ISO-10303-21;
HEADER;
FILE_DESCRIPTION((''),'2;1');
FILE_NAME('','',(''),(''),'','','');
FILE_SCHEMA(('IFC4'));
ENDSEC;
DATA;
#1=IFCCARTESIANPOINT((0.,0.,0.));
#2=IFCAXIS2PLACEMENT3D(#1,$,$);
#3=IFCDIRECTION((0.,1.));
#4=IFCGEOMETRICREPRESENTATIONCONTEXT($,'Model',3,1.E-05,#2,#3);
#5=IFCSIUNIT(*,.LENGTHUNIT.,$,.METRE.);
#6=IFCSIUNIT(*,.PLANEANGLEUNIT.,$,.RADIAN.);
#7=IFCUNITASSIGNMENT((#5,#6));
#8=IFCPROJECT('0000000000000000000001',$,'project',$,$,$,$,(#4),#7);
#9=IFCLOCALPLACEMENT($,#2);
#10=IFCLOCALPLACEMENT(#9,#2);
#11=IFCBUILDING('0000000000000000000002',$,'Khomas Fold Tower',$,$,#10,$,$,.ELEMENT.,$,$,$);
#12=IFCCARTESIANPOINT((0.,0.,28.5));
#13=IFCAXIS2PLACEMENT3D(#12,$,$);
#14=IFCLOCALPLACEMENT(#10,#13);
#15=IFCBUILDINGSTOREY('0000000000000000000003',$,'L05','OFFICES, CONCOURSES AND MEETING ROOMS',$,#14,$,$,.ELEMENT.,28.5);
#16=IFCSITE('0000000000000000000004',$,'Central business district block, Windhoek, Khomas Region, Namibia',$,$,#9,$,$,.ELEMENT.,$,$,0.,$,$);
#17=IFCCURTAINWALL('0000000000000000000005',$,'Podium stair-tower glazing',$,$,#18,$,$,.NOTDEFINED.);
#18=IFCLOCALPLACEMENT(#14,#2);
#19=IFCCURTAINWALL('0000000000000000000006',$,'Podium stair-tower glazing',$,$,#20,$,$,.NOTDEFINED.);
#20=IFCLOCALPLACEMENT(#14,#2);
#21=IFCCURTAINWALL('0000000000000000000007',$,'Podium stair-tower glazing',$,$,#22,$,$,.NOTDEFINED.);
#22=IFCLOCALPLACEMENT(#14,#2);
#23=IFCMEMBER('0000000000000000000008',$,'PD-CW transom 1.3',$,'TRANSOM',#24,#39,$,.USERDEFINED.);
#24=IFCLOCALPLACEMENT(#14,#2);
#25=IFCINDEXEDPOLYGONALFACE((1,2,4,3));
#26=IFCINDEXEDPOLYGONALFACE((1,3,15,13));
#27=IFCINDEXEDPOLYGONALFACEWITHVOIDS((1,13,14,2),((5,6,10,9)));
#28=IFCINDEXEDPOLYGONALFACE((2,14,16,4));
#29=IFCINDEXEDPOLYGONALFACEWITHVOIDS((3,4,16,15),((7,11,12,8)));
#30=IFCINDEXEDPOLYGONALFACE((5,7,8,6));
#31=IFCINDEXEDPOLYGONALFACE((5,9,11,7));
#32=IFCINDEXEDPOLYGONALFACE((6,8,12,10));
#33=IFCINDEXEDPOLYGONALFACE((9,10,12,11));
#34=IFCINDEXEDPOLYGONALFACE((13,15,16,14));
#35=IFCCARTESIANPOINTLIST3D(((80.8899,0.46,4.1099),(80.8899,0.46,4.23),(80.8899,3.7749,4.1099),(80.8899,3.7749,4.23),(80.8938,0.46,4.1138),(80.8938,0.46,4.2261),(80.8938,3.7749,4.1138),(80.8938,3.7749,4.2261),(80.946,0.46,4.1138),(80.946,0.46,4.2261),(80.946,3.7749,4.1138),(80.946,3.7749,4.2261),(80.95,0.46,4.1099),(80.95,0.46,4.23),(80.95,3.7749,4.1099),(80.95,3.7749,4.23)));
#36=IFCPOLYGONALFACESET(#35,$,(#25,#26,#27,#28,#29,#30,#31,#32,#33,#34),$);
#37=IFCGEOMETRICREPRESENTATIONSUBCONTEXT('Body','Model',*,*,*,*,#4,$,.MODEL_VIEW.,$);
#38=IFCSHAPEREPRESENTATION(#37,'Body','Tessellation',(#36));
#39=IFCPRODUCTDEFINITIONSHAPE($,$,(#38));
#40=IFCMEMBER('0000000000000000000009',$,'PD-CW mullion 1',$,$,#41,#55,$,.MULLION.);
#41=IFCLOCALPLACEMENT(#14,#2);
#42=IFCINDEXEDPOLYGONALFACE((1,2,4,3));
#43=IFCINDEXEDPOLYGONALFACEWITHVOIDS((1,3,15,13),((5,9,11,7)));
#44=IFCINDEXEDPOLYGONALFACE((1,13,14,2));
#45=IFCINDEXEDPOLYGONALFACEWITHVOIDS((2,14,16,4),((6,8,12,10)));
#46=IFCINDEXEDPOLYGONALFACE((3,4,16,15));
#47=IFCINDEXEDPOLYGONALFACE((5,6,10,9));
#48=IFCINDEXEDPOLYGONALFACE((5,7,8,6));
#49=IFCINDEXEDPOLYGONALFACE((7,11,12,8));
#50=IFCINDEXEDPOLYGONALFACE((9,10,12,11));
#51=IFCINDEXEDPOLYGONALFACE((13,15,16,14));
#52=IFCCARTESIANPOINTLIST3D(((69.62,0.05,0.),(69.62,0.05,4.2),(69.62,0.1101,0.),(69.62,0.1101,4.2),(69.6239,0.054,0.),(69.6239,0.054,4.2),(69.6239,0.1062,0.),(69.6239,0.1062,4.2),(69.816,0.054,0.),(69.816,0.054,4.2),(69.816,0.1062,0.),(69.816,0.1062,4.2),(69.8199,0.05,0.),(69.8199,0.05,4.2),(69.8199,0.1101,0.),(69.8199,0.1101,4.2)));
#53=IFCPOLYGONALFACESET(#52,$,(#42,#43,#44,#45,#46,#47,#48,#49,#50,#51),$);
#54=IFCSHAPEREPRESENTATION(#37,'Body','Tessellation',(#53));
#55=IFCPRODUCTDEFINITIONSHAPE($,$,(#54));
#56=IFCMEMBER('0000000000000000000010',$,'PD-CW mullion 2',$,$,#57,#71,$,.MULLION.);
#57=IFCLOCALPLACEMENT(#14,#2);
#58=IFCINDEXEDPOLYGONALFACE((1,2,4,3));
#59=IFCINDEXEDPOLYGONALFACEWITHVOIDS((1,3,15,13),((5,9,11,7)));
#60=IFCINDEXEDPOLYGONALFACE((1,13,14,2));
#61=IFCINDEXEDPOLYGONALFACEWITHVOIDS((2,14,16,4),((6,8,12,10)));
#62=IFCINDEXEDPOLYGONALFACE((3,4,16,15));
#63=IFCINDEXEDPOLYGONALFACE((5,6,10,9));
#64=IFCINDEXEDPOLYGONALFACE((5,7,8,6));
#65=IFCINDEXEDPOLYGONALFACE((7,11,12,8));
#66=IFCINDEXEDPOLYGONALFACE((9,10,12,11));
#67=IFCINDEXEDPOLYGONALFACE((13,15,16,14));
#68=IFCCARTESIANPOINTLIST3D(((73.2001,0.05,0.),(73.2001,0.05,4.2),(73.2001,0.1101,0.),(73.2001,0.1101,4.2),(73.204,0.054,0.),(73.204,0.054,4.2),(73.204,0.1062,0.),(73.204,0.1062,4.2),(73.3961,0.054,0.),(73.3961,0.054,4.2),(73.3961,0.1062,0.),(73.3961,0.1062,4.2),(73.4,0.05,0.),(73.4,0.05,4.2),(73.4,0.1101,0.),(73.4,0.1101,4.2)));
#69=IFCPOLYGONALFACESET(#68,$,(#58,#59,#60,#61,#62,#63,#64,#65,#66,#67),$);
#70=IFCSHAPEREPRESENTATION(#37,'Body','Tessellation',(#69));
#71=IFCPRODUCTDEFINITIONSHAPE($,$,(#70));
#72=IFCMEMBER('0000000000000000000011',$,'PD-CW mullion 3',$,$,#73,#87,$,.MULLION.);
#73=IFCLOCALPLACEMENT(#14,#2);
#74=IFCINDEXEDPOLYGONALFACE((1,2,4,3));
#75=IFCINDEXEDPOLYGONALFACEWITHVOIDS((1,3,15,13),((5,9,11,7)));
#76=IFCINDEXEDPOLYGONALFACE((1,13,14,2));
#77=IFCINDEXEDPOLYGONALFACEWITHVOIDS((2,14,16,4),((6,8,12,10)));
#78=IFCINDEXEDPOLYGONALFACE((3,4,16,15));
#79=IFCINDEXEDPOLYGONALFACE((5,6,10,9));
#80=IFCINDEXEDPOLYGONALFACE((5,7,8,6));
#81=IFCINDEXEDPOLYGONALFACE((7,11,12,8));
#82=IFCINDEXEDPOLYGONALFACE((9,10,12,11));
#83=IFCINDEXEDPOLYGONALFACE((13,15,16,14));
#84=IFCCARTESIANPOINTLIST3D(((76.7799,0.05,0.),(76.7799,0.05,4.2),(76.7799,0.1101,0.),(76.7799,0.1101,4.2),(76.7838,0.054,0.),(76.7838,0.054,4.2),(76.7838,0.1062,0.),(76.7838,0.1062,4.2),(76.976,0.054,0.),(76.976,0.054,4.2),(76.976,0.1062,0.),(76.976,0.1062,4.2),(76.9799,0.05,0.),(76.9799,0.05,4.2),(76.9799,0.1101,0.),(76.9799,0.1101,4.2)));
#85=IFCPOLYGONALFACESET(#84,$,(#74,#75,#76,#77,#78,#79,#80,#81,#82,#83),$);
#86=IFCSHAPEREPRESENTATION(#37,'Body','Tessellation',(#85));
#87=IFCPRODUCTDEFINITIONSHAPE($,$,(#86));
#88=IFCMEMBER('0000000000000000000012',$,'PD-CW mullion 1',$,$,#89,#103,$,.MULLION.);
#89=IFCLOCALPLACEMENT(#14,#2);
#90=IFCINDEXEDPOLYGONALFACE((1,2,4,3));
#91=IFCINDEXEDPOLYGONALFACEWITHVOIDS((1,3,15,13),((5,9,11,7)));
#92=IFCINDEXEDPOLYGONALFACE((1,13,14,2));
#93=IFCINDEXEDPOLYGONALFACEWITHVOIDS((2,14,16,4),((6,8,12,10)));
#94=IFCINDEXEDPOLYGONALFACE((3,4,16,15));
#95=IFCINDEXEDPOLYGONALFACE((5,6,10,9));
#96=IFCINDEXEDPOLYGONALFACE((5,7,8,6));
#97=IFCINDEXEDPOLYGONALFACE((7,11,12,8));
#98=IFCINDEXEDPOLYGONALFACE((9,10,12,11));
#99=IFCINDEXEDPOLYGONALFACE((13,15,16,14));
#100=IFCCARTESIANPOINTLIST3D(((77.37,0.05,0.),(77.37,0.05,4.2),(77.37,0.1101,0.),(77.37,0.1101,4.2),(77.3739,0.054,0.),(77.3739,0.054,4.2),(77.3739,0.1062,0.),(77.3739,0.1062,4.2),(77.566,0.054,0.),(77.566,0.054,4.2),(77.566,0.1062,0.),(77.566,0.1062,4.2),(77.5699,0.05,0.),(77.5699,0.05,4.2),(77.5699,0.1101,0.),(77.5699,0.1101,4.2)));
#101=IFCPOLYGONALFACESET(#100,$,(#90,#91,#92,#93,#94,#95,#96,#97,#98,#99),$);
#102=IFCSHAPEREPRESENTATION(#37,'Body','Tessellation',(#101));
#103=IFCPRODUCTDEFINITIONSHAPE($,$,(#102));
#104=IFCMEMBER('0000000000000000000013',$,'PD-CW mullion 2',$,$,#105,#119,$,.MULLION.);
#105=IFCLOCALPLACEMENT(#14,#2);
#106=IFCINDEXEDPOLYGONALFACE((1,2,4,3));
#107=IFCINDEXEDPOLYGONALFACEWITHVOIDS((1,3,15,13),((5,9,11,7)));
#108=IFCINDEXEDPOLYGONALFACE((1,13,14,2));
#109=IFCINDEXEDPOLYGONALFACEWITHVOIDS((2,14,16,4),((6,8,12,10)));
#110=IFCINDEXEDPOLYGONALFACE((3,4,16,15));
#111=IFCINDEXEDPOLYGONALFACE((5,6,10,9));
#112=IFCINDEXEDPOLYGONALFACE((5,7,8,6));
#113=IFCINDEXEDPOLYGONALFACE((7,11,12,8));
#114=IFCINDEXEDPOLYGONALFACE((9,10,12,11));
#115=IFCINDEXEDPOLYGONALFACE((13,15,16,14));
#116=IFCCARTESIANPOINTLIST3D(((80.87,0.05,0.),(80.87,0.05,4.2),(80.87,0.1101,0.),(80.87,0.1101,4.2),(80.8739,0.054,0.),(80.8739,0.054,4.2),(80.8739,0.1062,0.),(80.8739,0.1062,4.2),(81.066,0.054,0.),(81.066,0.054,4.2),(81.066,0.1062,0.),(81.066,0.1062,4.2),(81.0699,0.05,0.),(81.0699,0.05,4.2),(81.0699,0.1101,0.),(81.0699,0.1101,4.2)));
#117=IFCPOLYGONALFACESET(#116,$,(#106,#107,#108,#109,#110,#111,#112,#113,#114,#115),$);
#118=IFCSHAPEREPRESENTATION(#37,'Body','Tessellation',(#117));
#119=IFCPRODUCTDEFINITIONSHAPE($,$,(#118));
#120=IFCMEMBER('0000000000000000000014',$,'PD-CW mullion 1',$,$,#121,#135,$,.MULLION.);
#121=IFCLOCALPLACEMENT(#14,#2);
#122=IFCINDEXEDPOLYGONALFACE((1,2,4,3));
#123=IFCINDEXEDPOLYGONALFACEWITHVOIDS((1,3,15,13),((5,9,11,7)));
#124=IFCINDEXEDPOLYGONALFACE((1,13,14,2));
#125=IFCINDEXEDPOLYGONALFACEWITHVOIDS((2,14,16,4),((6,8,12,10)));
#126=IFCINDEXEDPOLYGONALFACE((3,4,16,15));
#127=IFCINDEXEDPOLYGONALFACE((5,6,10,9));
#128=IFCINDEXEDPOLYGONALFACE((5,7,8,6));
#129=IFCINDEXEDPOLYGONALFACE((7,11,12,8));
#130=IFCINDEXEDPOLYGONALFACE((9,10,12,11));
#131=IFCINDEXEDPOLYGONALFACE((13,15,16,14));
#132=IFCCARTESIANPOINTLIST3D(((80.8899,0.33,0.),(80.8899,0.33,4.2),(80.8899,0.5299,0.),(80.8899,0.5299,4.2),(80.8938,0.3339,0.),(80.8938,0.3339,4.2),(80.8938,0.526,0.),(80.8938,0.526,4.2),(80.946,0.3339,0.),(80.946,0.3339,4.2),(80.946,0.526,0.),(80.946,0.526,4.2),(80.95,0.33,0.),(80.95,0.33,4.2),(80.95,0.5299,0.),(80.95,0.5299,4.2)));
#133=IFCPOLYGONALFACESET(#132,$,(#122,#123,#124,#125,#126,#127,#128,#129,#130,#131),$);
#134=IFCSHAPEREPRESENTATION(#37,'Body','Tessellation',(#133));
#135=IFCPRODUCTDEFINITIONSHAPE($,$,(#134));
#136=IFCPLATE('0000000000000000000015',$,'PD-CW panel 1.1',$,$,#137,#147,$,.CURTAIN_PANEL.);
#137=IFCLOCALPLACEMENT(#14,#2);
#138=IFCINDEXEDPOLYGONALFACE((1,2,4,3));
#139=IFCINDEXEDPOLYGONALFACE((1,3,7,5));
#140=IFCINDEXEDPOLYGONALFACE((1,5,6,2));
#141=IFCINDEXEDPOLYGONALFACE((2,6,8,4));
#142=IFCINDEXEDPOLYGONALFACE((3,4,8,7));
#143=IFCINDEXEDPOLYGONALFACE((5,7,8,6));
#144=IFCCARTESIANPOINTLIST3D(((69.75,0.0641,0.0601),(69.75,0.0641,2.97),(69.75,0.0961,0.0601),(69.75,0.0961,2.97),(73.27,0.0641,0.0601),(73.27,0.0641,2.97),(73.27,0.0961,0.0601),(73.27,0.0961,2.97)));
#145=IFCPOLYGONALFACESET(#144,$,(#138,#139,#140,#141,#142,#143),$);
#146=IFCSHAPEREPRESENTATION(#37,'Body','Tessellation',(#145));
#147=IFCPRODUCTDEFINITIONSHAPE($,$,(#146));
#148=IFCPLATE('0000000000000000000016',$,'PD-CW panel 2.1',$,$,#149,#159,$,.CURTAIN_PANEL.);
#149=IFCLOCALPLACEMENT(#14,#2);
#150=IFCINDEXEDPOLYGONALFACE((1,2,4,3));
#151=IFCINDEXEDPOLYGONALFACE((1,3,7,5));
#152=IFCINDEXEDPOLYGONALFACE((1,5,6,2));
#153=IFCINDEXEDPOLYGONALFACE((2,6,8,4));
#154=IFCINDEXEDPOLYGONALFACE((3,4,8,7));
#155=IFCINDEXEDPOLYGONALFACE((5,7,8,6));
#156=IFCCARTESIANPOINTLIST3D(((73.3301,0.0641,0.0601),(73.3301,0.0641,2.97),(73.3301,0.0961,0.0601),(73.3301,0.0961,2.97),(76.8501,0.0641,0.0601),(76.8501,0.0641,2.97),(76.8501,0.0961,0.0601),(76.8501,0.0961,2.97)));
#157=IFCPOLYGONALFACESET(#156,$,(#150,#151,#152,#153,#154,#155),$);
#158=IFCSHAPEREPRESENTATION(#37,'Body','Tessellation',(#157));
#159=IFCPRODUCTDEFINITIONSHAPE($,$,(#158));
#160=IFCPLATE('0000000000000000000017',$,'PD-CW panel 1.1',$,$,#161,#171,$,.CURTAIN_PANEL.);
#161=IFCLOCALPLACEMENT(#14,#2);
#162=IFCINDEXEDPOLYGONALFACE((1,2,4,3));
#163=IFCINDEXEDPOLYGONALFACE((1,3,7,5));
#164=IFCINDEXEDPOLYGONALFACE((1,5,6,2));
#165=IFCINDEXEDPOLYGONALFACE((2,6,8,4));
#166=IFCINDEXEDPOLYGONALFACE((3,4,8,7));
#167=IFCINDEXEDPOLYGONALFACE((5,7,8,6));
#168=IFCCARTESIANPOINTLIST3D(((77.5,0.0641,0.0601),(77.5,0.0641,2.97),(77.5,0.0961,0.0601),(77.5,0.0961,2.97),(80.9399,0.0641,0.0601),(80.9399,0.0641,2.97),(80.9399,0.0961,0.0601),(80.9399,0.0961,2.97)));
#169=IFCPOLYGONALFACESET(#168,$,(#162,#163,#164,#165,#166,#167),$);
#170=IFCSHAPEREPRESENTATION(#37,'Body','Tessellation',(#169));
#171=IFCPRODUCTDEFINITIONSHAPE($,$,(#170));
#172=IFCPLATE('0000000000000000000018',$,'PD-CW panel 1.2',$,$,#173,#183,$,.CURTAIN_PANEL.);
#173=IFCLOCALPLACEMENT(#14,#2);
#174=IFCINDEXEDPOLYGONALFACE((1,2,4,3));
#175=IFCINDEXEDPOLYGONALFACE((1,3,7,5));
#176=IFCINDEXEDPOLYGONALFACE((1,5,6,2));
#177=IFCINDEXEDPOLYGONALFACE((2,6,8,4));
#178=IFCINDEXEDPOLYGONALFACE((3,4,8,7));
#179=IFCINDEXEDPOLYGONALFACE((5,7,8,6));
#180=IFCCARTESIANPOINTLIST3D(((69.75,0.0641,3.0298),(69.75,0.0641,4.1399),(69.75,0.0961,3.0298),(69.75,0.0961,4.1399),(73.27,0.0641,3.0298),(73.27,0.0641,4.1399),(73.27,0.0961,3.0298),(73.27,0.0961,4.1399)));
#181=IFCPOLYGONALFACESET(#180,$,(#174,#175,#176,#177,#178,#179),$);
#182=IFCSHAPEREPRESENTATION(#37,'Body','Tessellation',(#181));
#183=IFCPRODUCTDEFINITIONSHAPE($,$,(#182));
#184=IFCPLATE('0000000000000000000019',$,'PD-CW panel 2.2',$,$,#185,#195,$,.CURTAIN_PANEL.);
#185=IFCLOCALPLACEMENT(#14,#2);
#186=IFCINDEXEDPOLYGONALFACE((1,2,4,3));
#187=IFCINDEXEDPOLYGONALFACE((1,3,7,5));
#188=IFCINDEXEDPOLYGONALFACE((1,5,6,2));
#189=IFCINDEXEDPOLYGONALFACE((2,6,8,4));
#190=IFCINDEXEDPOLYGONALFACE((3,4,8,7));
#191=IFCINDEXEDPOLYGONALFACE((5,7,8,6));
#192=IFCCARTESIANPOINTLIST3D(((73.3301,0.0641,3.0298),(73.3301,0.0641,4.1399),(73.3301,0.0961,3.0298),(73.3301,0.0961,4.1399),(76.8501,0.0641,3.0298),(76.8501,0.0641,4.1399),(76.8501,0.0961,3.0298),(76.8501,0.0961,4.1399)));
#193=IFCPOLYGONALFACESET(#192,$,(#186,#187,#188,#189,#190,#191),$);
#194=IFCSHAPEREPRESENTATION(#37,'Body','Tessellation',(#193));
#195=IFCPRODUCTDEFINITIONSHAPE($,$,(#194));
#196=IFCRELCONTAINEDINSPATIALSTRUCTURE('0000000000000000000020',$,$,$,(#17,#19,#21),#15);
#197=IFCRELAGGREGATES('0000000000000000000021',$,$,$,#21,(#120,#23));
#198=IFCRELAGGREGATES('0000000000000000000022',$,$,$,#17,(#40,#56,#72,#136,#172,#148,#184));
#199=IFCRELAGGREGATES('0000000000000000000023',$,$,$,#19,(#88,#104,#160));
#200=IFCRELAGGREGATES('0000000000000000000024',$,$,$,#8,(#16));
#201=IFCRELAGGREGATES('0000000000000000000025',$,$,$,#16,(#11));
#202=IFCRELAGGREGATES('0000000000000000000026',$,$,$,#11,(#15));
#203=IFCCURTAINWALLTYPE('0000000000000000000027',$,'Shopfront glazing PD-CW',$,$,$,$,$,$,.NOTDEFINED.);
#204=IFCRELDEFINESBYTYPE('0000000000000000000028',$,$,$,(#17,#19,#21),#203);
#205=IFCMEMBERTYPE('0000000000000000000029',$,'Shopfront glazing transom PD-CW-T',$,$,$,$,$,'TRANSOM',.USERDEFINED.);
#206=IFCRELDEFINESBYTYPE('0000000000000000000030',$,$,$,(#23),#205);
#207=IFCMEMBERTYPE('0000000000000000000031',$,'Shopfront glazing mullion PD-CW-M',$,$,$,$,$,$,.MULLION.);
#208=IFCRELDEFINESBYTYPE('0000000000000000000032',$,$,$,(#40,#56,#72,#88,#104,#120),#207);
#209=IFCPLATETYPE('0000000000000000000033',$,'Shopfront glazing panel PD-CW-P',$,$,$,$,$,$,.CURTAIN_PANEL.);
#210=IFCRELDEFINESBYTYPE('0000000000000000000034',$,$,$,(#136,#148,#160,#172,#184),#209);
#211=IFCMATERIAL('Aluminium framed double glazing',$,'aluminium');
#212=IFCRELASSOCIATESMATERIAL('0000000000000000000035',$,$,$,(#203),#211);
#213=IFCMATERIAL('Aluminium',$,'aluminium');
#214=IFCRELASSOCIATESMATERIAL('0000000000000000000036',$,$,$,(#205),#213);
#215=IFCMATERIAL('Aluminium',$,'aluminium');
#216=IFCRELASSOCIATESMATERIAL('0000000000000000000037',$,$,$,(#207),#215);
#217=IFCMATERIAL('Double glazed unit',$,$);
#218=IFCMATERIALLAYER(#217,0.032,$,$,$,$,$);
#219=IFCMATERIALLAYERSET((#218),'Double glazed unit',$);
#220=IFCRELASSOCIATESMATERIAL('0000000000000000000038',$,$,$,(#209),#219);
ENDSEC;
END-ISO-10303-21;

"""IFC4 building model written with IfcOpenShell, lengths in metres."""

from ifc_helpers import new_model, si_unit, direction, frame, origin, origin_2d, place, context, subcontext, project, spatial, rectangle, hollow_rectangle, extrude, source, transform, mapped, material, layer, layer_set, material_profile, profile_set, type_object, element, aggregate, save


model = new_model("IFC4")

# Units and contexts
model_context = context("Model", 3, precision=1e-05, world=origin(), true_north=direction((0.0, 1.0)))
body_context = subcontext(model_context, "Body", "Model", "MODEL_VIEW")
ifc_project = project(units=[si_unit("LENGTHUNIT", "METRE"), si_unit("PLANEANGLEUNIT", "RADIAN")], contexts=[model_context])

# Site, building, storey
site_placement = place(None, origin())
site = spatial("IfcSite", under=ifc_project, at=site_placement, Name="Central business district block, Windhoek, Khomas Region, Namibia", CompositionType="ELEMENT", RefElevation=0.0)
building_placement = place(site_placement, origin())
building = spatial("IfcBuilding", under=site, at=building_placement, Name="Khomas Fold Tower", CompositionType="ELEMENT")
storey_placement = place(building_placement, frame((0.0, 0.0, 28.5)))
storey = spatial("IfcBuildingStorey", under=building, at=storey_placement, Name="L05", Description="OFFICES, CONCOURSES AND MEETING ROOMS", CompositionType="ELEMENT", Elevation=28.5)

# Curtain walls, member
ifc_material_1 = material(Name="Aluminium framed double glazing", Category="aluminium")
curtain_wall_type = type_object("IfcCurtainWallType", Name="Shopfront glazing PD-CW", PredefinedType="NOTDEFINED", material=ifc_material_1)
curtain_wall_1_placement = place(storey_placement, origin())
curtain_wall_1 = element("IfcCurtainWall", 1, at=curtain_wall_1_placement, inside=storey, type_object=curtain_wall_type, Name="Podium stair-tower glazing", PredefinedType="NOTDEFINED")
ifc_material_2 = material(Name="Aluminium", Category="aluminium")
ifc_material_profile_1 = material_profile(ifc_material_2, hollow_rectangle(XDim=0.0601, YDim=0.1201, WallThickness=0.0039, at=origin_2d()), Name="Shopfront glazing transom PD-CW-T")
ifc_profile_set_1 = profile_set([ifc_material_profile_1], Name="Aluminium")
member_type_1 = type_object("IfcMemberType", Name="Shopfront glazing transom PD-CW-T", ElementType="TRANSOM", PredefinedType="USERDEFINED", material=ifc_profile_set_1)
curtain_wall_2_placement = place(storey_placement, origin())
curtain_wall_2 = element("IfcCurtainWall", 2, at=curtain_wall_2_placement, inside=storey, type_object=curtain_wall_type, Name="Podium stair-tower glazing", PredefinedType="NOTDEFINED")
curtain_wall_3_placement = place(storey_placement, origin())
curtain_wall_3 = element("IfcCurtainWall", 3, at=curtain_wall_3_placement, inside=storey, type_object=curtain_wall_type, Name="Podium stair-tower glazing", PredefinedType="NOTDEFINED")
shared_shape_1 = source(origin(), body_context, "Body", "SweptSolid", [
    extrude(hollow_rectangle(XDim=0.0601, YDim=0.1201, WallThickness=0.0039, at=origin_2d()), origin(), (0.0, 0.0, 1.0), 3.3149),
])
member_1_placement = place(storey_placement, frame((80.9199, 0.46, 4.1699), z_axis=(0.0, 1.0, 0.0), x_axis=(-1.0, 0.0, 0.0)))
member_1 = element("IfcMember", 4, at=member_1_placement, type_object=member_type_1, Name="PD-CW transom 1.3", ObjectType="TRANSOM", PredefinedType="USERDEFINED", context=body_context, shape_type="MappedRepresentation", body=[
    mapped(shared_shape_1, transform((0.0, 0.0, 0.0))),
])

# Members
ifc_material_3 = material(Name="Aluminium", Category="aluminium")
ifc_material_profile_2 = material_profile(ifc_material_3, hollow_rectangle(XDim=0.0601, YDim=0.2, WallThickness=0.0039, at=origin_2d()), Name="Shopfront glazing mullion PD-CW-M")
ifc_profile_set_2 = profile_set([ifc_material_profile_2], Name="Aluminium")
member_type_2 = type_object("IfcMemberType", Name="Shopfront glazing mullion PD-CW-M", PredefinedType="MULLION", material=ifc_profile_set_2)
shared_shape_2 = source(origin(), body_context, "Body", "SweptSolid", [
    extrude(hollow_rectangle(XDim=0.0601, YDim=0.2, WallThickness=0.0039, at=origin_2d()), origin(), (0.0, 0.0, 1.0), 4.2),
])
member_2_placement = place(storey_placement, frame((69.72, 0.0801, 0.0), z_axis=(0.0, 0.0, 1.0), x_axis=(0.0, 1.0, 0.0)))
member_2 = element("IfcMember", 5, at=member_2_placement, type_object=member_type_2, Name="PD-CW mullion 1", PredefinedType="MULLION", context=body_context, shape_type="MappedRepresentation", body=[
    mapped(shared_shape_2, transform((0.0, 0.0, 0.0))),
])
member_3_placement = place(storey_placement, frame((73.3, 0.0801, 0.0), z_axis=(0.0, 0.0, 1.0), x_axis=(0.0, 1.0, 0.0)))
member_3 = element("IfcMember", 6, at=member_3_placement, type_object=member_type_2, Name="PD-CW mullion 2", PredefinedType="MULLION", context=body_context, shape_type="MappedRepresentation", body=[
    mapped(shared_shape_2, transform((0.0, 0.0, 0.0))),
])
member_4_placement = place(storey_placement, frame((76.8799, 0.0801, 0.0), z_axis=(0.0, 0.0, 1.0), x_axis=(0.0, 1.0, 0.0)))
member_4 = element("IfcMember", 7, at=member_4_placement, type_object=member_type_2, Name="PD-CW mullion 3", PredefinedType="MULLION", context=body_context, shape_type="MappedRepresentation", body=[
    mapped(shared_shape_2, transform((0.0, 0.0, 0.0))),
])
member_5_placement = place(storey_placement, frame((77.47, 0.0801, 0.0), z_axis=(0.0, 0.0, 1.0), x_axis=(0.0, 1.0, 0.0)))
member_5 = element("IfcMember", 8, at=member_5_placement, type_object=member_type_2, Name="PD-CW mullion 1", PredefinedType="MULLION", context=body_context, shape_type="MappedRepresentation", body=[
    mapped(shared_shape_2, transform((0.0, 0.0, 0.0))),
])
member_6_placement = place(storey_placement, frame((80.97, 0.0801, 0.0), z_axis=(0.0, 0.0, 1.0), x_axis=(0.0, 1.0, 0.0)))
member_6 = element("IfcMember", 9, at=member_6_placement, type_object=member_type_2, Name="PD-CW mullion 2", PredefinedType="MULLION", context=body_context, shape_type="MappedRepresentation", body=[
    mapped(shared_shape_2, transform((0.0, 0.0, 0.0))),
])
member_7_placement = place(storey_placement, frame((80.9199, 0.4299, 0.0), z_axis=(0.0, 0.0, 1.0), x_axis=(-1.0, 0.0, 0.0)))
member_7 = element("IfcMember", 10, at=member_7_placement, type_object=member_type_2, Name="PD-CW mullion 1", PredefinedType="MULLION", context=body_context, shape_type="MappedRepresentation", body=[
    mapped(shared_shape_2, transform((0.0, 0.0, 0.0))),
])
aggregate(curtain_wall_3, [member_7, member_1])

# Plates
ifc_material_4 = material(Name="Double glazed unit")
ifc_layer_1 = layer(ifc_material_4, 0.032)
ifc_layer_set_1 = layer_set([ifc_layer_1], Name="Double glazed unit")
plate_type = type_object("IfcPlateType", Name="Shopfront glazing panel PD-CW-P", PredefinedType="CURTAIN_PANEL", material=ifc_layer_set_1)
shared_shape_3 = source(origin(), body_context, "Body", "SweptSolid", [
    extrude(rectangle(XDim=3.52, YDim=0.032, at=origin_2d()), origin(), (0.0, 0.0, 1.0), 2.9099),
])
plate_1_placement = place(storey_placement, frame((71.51, 0.0801, 0.0601), z_axis=(0.0, 0.0, 1.0), x_axis=(1.0, 0.0, 0.0)))
plate_1 = element("IfcPlate", 11, at=plate_1_placement, type_object=plate_type, Name="PD-CW panel 1.1", PredefinedType="CURTAIN_PANEL", context=body_context, shape_type="MappedRepresentation", body=[
    mapped(shared_shape_3, transform((0.0, 0.0, 0.0))),
])
plate_2_placement = place(storey_placement, frame((75.0901, 0.0801, 0.0601), z_axis=(0.0, 0.0, 1.0), x_axis=(1.0, 0.0, 0.0)))
plate_2 = element("IfcPlate", 12, at=plate_2_placement, type_object=plate_type, Name="PD-CW panel 2.1", PredefinedType="CURTAIN_PANEL", context=body_context, shape_type="MappedRepresentation", body=[
    mapped(shared_shape_3, transform((0.0, 0.0, 0.0))),
])
shared_shape_4 = source(origin(), body_context, "Body", "SweptSolid", [
    extrude(rectangle(XDim=3.4399, YDim=0.032, at=origin_2d()), origin(), (0.0, 0.0, 1.0), 2.9099),
])
plate_3_placement = place(storey_placement, frame((79.22, 0.0801, 0.0601), z_axis=(0.0, 0.0, 1.0), x_axis=(1.0, 0.0, 0.0)))
plate_3 = element("IfcPlate", 13, at=plate_3_placement, type_object=plate_type, Name="PD-CW panel 1.1", PredefinedType="CURTAIN_PANEL", context=body_context, shape_type="MappedRepresentation", body=[
    mapped(shared_shape_4, transform((0.0, 0.0, 0.0))),
])
shared_shape_5 = source(origin(), body_context, "Body", "SweptSolid", [
    extrude(rectangle(XDim=3.52, YDim=0.032, at=origin_2d()), origin(), (0.0, 0.0, 1.0), 1.1101),
])
plate_4_placement = place(storey_placement, frame((71.51, 0.0801, 3.0298), z_axis=(0.0, 0.0, 1.0), x_axis=(1.0, 0.0, 0.0)))
plate_4 = element("IfcPlate", 14, at=plate_4_placement, type_object=plate_type, Name="PD-CW panel 1.2", PredefinedType="CURTAIN_PANEL", context=body_context, shape_type="MappedRepresentation", body=[
    mapped(shared_shape_5, transform((0.0, 0.0, 0.0))),
])
plate_5_placement = place(storey_placement, frame((75.0901, 0.0801, 3.0298), z_axis=(0.0, 0.0, 1.0), x_axis=(1.0, 0.0, 0.0)))
plate_5 = element("IfcPlate", 15, at=plate_5_placement, type_object=plate_type, Name="PD-CW panel 2.2", PredefinedType="CURTAIN_PANEL", context=body_context, shape_type="MappedRepresentation", body=[
    mapped(shared_shape_5, transform((0.0, 0.0, 0.0))),
])
aggregate(curtain_wall_1, [member_2, member_3, member_4, plate_1, plate_4, plate_2, plate_5])
aggregate(curtain_wall_2, [member_5, member_6, plate_3])

save(model, "model.ifc")
